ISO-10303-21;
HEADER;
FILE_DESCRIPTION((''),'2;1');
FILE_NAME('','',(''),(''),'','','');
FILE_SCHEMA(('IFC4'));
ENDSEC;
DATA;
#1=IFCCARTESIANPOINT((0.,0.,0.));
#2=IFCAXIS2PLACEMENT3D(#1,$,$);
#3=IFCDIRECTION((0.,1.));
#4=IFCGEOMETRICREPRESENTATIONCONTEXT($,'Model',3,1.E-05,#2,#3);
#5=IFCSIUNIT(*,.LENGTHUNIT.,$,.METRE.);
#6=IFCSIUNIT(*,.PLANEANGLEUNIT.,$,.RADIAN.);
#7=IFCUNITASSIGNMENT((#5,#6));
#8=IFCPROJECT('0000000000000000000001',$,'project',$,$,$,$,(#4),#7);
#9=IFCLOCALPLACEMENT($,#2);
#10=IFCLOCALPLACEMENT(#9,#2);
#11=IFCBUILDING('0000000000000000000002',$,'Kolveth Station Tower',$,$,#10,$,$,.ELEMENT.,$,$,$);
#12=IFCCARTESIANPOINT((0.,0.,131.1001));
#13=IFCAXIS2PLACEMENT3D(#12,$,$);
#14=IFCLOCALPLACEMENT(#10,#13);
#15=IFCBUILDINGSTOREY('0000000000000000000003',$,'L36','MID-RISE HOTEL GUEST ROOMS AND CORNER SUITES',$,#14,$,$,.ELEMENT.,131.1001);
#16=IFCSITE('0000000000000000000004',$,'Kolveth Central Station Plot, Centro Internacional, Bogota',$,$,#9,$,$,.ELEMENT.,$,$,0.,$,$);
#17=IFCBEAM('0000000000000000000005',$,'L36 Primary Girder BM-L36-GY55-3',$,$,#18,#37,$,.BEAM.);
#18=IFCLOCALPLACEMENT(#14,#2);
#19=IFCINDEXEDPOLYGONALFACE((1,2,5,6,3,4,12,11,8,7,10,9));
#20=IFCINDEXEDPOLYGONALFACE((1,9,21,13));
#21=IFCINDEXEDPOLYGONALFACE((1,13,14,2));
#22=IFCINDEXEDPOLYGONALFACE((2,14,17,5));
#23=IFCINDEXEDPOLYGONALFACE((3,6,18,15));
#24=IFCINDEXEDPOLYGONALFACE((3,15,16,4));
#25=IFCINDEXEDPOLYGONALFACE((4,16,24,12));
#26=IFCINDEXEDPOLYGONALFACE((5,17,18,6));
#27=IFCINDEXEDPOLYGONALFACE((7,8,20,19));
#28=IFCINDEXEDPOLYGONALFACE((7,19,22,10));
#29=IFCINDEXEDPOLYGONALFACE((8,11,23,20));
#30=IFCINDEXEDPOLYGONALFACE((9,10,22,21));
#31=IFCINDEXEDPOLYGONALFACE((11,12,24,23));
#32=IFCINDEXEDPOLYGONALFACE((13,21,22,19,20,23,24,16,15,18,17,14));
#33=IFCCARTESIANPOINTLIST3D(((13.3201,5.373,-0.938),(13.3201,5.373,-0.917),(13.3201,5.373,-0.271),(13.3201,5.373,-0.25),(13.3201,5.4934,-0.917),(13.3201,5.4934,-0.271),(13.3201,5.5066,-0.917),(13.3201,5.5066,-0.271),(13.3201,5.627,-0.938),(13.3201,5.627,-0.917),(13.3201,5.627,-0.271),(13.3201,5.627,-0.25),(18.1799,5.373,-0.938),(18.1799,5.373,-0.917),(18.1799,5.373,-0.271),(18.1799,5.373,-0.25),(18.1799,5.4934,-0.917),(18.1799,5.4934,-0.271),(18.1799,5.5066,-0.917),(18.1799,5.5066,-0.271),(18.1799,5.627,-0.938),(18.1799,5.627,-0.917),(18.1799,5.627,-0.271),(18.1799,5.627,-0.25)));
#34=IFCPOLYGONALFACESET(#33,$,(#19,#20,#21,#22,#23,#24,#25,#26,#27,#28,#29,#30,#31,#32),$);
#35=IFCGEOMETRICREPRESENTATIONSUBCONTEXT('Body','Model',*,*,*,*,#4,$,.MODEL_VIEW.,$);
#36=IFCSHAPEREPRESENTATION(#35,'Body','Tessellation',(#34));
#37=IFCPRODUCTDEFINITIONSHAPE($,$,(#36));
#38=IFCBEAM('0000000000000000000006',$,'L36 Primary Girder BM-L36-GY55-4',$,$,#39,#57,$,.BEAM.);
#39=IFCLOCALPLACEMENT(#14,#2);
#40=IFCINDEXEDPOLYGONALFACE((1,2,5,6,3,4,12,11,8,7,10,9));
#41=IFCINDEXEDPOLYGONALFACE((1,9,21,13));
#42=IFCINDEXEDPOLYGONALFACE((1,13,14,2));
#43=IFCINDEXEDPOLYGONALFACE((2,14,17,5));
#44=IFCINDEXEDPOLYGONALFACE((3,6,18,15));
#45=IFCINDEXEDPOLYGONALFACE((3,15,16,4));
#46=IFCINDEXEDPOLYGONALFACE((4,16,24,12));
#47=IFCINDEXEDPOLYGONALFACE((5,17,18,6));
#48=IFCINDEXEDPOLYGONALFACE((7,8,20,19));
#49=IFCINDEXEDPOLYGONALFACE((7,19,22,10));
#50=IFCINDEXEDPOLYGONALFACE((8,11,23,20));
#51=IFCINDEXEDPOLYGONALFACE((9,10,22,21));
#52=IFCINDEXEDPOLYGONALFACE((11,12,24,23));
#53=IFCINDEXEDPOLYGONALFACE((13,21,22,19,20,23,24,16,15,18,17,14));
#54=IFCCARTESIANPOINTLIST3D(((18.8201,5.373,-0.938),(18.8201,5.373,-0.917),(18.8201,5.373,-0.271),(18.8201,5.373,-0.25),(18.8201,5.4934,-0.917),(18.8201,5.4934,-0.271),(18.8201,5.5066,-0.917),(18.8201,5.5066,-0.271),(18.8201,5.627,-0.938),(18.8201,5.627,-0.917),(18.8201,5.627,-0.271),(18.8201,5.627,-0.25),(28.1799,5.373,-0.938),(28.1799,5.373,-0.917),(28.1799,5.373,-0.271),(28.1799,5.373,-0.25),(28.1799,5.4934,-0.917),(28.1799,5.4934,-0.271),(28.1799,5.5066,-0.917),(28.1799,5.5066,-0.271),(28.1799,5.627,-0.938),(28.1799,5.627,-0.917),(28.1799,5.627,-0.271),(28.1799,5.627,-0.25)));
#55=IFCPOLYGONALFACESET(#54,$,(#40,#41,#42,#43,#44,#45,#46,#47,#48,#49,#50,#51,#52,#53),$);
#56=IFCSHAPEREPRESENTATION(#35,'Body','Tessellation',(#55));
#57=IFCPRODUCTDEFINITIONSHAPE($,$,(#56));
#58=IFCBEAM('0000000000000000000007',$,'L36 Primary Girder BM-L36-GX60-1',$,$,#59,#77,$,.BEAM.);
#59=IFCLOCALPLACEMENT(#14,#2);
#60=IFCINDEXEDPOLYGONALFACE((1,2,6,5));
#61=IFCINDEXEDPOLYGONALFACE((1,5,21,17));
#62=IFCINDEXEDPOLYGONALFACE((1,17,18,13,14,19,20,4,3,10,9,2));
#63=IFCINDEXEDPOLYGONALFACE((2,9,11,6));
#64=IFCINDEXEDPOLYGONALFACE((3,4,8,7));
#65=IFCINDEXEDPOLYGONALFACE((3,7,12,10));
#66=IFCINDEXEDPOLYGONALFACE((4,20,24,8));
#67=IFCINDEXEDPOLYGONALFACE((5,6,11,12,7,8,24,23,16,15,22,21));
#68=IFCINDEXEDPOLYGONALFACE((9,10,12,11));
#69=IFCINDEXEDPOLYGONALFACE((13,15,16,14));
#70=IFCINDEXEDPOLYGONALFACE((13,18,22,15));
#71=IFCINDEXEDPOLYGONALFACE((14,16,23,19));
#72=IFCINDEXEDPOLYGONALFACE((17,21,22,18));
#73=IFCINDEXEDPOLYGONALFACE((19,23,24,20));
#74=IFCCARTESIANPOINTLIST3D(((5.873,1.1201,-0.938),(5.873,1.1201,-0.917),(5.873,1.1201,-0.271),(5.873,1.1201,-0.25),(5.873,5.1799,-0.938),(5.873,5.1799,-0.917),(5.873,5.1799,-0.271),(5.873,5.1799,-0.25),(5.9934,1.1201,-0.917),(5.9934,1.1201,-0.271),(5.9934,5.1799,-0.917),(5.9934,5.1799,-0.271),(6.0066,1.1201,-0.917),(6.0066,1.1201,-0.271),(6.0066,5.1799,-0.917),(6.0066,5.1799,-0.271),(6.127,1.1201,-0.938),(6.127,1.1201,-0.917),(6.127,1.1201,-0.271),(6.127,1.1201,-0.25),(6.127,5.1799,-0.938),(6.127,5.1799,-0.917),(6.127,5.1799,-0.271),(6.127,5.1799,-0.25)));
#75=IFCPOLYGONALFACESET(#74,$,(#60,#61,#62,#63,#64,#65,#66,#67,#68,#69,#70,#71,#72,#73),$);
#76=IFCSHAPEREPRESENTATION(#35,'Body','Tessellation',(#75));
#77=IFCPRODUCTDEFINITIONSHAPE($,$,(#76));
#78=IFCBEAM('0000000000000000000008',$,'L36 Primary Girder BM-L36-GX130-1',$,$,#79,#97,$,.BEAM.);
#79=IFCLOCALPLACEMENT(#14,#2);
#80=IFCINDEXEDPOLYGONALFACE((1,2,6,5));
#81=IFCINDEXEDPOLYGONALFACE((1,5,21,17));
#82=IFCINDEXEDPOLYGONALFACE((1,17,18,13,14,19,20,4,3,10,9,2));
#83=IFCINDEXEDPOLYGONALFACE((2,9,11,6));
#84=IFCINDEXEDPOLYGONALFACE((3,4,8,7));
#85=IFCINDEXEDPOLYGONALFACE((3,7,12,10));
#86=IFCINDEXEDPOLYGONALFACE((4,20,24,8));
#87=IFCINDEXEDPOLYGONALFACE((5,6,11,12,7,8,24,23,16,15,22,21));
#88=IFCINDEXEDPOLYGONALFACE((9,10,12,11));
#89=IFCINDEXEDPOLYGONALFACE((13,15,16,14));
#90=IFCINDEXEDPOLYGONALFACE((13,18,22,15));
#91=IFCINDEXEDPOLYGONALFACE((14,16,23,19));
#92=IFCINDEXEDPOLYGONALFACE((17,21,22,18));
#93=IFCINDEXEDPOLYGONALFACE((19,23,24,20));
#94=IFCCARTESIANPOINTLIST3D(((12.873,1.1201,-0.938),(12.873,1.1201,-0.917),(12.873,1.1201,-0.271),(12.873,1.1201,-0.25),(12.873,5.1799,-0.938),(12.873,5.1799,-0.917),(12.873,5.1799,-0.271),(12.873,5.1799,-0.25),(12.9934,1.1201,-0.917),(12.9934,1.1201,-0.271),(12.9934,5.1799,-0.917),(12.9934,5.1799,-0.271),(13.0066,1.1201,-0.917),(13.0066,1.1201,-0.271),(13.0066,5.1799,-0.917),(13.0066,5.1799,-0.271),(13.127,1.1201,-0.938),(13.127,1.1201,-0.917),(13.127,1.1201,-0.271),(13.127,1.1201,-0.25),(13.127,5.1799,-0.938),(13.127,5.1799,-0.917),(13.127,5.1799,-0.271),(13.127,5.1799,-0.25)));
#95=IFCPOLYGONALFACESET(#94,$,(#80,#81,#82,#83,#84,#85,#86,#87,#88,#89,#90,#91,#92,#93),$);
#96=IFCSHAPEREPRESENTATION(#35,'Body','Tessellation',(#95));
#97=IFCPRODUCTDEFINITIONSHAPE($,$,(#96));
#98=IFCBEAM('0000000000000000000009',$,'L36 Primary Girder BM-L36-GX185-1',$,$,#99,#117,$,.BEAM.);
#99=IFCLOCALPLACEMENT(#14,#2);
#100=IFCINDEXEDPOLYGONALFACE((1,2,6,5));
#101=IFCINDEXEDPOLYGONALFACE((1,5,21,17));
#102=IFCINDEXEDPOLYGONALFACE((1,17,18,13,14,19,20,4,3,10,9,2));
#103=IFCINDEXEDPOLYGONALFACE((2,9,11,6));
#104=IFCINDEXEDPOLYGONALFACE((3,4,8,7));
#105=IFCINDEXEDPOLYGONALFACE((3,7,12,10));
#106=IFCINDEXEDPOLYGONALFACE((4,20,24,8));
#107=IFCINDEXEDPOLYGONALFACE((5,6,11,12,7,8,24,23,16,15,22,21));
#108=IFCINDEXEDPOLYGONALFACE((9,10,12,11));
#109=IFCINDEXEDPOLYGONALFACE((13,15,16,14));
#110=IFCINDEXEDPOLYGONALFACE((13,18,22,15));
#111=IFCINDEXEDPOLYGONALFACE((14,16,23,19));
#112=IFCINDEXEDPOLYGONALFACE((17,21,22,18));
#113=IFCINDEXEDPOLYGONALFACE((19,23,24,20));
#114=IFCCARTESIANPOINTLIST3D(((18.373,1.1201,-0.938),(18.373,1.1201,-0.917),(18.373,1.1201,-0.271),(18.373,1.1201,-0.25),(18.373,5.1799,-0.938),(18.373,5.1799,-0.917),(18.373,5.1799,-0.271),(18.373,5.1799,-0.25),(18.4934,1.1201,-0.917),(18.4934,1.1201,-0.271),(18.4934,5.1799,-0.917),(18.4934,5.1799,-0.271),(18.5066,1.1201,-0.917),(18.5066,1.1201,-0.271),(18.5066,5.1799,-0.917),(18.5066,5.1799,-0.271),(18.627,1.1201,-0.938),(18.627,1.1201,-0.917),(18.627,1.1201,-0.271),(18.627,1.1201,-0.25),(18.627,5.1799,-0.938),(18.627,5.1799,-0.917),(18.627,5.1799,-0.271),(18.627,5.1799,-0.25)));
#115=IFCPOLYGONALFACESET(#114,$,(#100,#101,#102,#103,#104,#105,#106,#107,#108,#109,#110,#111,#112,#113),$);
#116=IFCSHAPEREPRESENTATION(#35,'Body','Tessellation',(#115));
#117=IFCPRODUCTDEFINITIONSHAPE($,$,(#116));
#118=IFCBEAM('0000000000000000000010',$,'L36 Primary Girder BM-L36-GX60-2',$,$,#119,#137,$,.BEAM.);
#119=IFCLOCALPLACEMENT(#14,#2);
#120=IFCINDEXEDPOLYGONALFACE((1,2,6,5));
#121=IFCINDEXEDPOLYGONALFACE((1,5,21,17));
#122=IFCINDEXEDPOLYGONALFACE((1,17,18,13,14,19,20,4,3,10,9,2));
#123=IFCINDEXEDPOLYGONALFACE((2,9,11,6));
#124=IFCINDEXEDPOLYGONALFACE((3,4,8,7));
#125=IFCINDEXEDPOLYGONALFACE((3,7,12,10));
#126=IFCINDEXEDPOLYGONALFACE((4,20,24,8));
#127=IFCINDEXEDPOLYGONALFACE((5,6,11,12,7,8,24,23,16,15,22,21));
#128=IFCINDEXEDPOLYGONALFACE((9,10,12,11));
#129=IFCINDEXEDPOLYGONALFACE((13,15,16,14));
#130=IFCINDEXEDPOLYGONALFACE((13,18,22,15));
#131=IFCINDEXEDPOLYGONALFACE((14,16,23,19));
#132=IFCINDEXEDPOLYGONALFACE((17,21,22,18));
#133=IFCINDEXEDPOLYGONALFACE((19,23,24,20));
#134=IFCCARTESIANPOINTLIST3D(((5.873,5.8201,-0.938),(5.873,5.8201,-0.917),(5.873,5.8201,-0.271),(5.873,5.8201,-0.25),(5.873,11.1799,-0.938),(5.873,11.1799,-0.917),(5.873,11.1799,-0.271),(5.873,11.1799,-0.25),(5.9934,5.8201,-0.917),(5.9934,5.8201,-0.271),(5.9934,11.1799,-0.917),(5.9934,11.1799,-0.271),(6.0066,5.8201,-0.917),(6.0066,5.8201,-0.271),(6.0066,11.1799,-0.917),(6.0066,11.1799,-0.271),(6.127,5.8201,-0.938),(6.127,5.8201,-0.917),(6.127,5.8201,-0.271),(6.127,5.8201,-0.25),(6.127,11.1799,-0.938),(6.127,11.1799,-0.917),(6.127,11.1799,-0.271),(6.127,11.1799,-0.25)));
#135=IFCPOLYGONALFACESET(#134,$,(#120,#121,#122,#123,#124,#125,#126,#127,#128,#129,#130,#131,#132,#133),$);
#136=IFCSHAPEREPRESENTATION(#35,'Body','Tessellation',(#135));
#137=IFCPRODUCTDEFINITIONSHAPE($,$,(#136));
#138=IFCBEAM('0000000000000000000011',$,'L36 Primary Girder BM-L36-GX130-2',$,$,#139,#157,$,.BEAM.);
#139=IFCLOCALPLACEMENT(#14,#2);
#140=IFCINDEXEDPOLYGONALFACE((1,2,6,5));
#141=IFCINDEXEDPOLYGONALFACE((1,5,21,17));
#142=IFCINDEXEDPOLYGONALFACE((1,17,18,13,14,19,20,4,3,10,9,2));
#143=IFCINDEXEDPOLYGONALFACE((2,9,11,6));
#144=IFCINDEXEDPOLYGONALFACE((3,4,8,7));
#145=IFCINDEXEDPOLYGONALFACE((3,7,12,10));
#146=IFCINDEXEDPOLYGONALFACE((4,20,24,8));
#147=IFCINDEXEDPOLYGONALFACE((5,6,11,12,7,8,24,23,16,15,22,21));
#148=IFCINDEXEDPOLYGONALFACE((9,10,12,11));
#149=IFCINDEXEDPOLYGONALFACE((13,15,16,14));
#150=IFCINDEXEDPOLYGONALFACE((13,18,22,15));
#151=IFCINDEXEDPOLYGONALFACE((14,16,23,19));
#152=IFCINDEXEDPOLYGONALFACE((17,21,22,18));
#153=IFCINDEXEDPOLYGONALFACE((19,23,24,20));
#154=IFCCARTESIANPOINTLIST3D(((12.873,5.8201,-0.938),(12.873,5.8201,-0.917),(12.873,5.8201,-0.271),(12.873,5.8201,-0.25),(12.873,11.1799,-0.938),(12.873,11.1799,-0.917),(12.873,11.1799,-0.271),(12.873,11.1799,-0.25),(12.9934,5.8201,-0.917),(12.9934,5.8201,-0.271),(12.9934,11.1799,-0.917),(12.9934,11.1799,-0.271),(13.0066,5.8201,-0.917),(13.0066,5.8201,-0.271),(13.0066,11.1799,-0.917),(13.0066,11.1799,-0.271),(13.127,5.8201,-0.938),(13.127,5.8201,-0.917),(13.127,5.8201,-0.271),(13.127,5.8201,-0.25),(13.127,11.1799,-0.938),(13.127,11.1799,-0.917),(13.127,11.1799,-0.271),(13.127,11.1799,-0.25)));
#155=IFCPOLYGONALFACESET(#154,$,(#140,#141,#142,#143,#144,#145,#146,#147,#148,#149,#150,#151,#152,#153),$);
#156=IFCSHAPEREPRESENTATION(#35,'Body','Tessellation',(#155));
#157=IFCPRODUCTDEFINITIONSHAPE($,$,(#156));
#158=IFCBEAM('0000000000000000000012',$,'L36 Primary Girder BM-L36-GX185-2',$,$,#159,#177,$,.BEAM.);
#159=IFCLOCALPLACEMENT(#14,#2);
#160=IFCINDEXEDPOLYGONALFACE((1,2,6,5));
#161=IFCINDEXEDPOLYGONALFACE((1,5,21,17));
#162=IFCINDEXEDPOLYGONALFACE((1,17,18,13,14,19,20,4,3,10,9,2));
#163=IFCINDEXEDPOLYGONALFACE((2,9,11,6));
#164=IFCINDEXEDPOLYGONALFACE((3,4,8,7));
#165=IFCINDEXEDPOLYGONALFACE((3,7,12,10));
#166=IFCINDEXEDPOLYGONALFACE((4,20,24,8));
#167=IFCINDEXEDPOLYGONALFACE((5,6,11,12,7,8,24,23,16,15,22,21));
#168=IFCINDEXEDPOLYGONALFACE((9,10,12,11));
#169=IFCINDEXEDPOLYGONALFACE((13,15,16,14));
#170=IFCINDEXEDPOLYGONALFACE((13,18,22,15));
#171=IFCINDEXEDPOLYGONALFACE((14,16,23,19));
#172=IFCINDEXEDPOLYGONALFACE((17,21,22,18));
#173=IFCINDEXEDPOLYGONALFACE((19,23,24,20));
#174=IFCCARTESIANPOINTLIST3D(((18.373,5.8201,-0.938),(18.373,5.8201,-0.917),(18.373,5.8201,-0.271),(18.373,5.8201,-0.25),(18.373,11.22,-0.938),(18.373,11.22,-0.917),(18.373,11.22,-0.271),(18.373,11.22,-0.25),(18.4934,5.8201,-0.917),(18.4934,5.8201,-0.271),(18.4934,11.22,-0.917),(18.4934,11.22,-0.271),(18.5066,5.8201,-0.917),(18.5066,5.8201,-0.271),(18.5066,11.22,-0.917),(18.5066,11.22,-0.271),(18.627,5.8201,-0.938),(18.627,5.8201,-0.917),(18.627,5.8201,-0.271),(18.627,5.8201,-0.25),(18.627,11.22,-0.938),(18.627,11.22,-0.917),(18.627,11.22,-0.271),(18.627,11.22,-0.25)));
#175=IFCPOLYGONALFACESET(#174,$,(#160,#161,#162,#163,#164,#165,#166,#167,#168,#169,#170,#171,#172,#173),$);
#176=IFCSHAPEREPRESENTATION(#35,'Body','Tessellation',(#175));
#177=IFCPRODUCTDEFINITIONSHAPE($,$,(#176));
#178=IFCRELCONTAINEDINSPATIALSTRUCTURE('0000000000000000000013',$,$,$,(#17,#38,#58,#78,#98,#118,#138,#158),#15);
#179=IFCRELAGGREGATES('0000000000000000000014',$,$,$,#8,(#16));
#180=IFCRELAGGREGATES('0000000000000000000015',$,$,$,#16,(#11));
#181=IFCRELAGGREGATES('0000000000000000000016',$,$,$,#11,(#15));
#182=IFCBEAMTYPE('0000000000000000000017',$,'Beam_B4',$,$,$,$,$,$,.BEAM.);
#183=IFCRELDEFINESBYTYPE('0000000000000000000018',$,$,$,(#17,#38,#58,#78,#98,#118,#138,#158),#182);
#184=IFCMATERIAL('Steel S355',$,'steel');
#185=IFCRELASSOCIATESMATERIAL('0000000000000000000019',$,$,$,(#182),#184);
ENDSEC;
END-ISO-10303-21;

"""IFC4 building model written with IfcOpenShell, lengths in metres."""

from ifc_helpers import new_model, si_unit, direction, frame, origin, origin_2d, place, context, subcontext, project, spatial, i_section, extrude, source, transform, mapped, material, material_profile, profile_set, type_object, element, save


model = new_model("IFC4")

# Units and contexts
model_context = context("Model", 3, precision=1e-05, world=origin(), true_north=direction((0.0, 1.0)))
body_context = subcontext(model_context, "Body", "Model", "MODEL_VIEW")
ifc_project = project(units=[si_unit("LENGTHUNIT", "METRE"), si_unit("PLANEANGLEUNIT", "RADIAN")], contexts=[model_context])

# Site, building, storey
site_placement = place(None, origin())
site = spatial("IfcSite", under=ifc_project, at=site_placement, Name="Kolveth Central Station Plot, Centro Internacional, Bogota", CompositionType="ELEMENT", RefElevation=0.0)
building_placement = place(site_placement, origin())
building = spatial("IfcBuilding", under=site, at=building_placement, Name="Kolveth Station Tower", CompositionType="ELEMENT")
storey_placement = place(building_placement, frame((0.0, 0.0, 131.1001)))
storey = spatial("IfcBuildingStorey", under=building, at=storey_placement, Name="L36", Description="MID-RISE HOTEL GUEST ROOMS AND CORNER SUITES", CompositionType="ELEMENT", Elevation=131.1001)

# Beams
ifc_material_1 = material(Name="Steel S355", Category="steel")
ifc_material_profile_1 = material_profile(ifc_material_1, i_section(OverallWidth=0.2539, OverallDepth=0.688, WebThickness=0.0132, FlangeThickness=0.021, at=origin_2d()), Name="W690x152")
ifc_profile_set_1 = profile_set([ifc_material_profile_1], Name="Steel S355")
beam_type_1 = type_object("IfcBeamType", Name="Beam_B4", PredefinedType="BEAM", material=ifc_profile_set_1)
shared_shape_1 = source(origin(), body_context, "Body", "SweptSolid", [
    extrude(i_section(OverallWidth=0.2539, OverallDepth=0.688, WebThickness=0.0132, FlangeThickness=0.021, at=origin_2d()), origin(), (0.0, 0.0, 1.0), 4.8599),
])
beam_1_placement = place(storey_placement, frame((13.3201, 5.5, -0.594), z_axis=(1.0, 0.0, 0.0), x_axis=(0.0, 1.0, 0.0)))
element("IfcBeam", 1, at=beam_1_placement, inside=storey, type_object=beam_type_1, Name="L36 Primary Girder BM-L36-GY55-3", PredefinedType="BEAM", context=body_context, shape_type="MappedRepresentation", body=[
    mapped(shared_shape_1, transform((0.0, 0.0, 0.0), x_axis=(1.0, 0.0, 0.0), y_axis=(0.0, 1.0, 0.0), z_axis=(0.0, 0.0, 1.0), scale=1.0)),
])
shared_shape_2 = source(origin(), body_context, "Body", "SweptSolid", [
    extrude(i_section(OverallWidth=0.2539, OverallDepth=0.688, WebThickness=0.0132, FlangeThickness=0.021, at=origin_2d()), origin(), (0.0, 0.0, 1.0), 9.3599),
])
beam_2_placement = place(storey_placement, frame((18.8201, 5.5, -0.594), z_axis=(1.0, 0.0, 0.0), x_axis=(0.0, 1.0, 0.0)))
element("IfcBeam", 2, at=beam_2_placement, inside=storey, type_object=beam_type_1, Name="L36 Primary Girder BM-L36-GY55-4", PredefinedType="BEAM", context=body_context, shape_type="MappedRepresentation", body=[
    mapped(shared_shape_2, transform((0.0, 0.0, 0.0), x_axis=(1.0, 0.0, 0.0), y_axis=(0.0, 1.0, 0.0), z_axis=(0.0, 0.0, 1.0), scale=1.0)),
])
shared_shape_3 = source(origin(), body_context, "Body", "SweptSolid", [
    extrude(i_section(OverallWidth=0.2539, OverallDepth=0.688, WebThickness=0.0132, FlangeThickness=0.021, at=origin_2d()), origin(), (0.0, 0.0, 1.0), 4.0598),
])
for number, where, z_axis, x_axis, name in (
    (3, (6.0, 1.1201, -0.594), (0.0, 1.0, 0.0), (-1.0, 0.0, 0.0), "L36 Primary Girder BM-L36-GX60-1"),
    (4, (13.0, 1.1201, -0.594), (0.0, 1.0, 0.0), (-1.0, 0.0, 0.0), "L36 Primary Girder BM-L36-GX130-1"),
    (5, (18.5, 1.1201, -0.594), (0.0, 1.0, 0.0), (-1.0, 0.0, 0.0), "L36 Primary Girder BM-L36-GX185-1"),
):
    element("IfcBeam", number, at=place(storey_placement, frame(where, z_axis=z_axis, x_axis=x_axis)), inside=storey, type_object=beam_type_1, Name=name, PredefinedType="BEAM", context=body_context, shape_type="MappedRepresentation", body=[
        mapped(shared_shape_3, transform((0.0, 0.0, 0.0), x_axis=(1.0, 0.0, 0.0), y_axis=(0.0, 1.0, 0.0), z_axis=(0.0, 0.0, 1.0), scale=1.0)),
    ])
shared_shape_4 = source(origin(), body_context, "Body", "SweptSolid", [
    extrude(i_section(OverallWidth=0.2539, OverallDepth=0.688, WebThickness=0.0132, FlangeThickness=0.021, at=origin_2d()), origin(), (0.0, 0.0, 1.0), 5.3599),
])
for number, where, z_axis, x_axis, name in (
    (6, (6.0, 5.8201, -0.594), (0.0, 1.0, 0.0), (-1.0, 0.0, 0.0), "L36 Primary Girder BM-L36-GX60-2"),
    (7, (13.0, 5.8201, -0.594), (0.0, 1.0, 0.0), (-1.0, 0.0, 0.0), "L36 Primary Girder BM-L36-GX130-2"),
):
    element("IfcBeam", number, at=place(storey_placement, frame(where, z_axis=z_axis, x_axis=x_axis)), inside=storey, type_object=beam_type_1, Name=name, PredefinedType="BEAM", context=body_context, shape_type="MappedRepresentation", body=[
        mapped(shared_shape_4, transform((0.0, 0.0, 0.0), x_axis=(1.0, 0.0, 0.0), y_axis=(0.0, 1.0, 0.0), z_axis=(0.0, 0.0, 1.0), scale=1.0)),
    ])
shared_shape_5 = source(origin(), body_context, "Body", "SweptSolid", [
    extrude(i_section(OverallWidth=0.2539, OverallDepth=0.688, WebThickness=0.0132, FlangeThickness=0.021, at=origin_2d()), origin(), (0.0, 0.0, 1.0), 5.3999),
])
beam_3_placement = place(storey_placement, frame((18.5, 5.8201, -0.594), z_axis=(0.0, 1.0, 0.0), x_axis=(-1.0, 0.0, 0.0)))
element("IfcBeam", 8, at=beam_3_placement, inside=storey, type_object=beam_type_1, Name="L36 Primary Girder BM-L36-GX185-2", PredefinedType="BEAM", context=body_context, shape_type="MappedRepresentation", body=[
    mapped(shared_shape_5, transform((0.0, 0.0, 0.0), x_axis=(1.0, 0.0, 0.0), y_axis=(0.0, 1.0, 0.0), z_axis=(0.0, 0.0, 1.0), scale=1.0)),
])

save(model, "model.ifc")
